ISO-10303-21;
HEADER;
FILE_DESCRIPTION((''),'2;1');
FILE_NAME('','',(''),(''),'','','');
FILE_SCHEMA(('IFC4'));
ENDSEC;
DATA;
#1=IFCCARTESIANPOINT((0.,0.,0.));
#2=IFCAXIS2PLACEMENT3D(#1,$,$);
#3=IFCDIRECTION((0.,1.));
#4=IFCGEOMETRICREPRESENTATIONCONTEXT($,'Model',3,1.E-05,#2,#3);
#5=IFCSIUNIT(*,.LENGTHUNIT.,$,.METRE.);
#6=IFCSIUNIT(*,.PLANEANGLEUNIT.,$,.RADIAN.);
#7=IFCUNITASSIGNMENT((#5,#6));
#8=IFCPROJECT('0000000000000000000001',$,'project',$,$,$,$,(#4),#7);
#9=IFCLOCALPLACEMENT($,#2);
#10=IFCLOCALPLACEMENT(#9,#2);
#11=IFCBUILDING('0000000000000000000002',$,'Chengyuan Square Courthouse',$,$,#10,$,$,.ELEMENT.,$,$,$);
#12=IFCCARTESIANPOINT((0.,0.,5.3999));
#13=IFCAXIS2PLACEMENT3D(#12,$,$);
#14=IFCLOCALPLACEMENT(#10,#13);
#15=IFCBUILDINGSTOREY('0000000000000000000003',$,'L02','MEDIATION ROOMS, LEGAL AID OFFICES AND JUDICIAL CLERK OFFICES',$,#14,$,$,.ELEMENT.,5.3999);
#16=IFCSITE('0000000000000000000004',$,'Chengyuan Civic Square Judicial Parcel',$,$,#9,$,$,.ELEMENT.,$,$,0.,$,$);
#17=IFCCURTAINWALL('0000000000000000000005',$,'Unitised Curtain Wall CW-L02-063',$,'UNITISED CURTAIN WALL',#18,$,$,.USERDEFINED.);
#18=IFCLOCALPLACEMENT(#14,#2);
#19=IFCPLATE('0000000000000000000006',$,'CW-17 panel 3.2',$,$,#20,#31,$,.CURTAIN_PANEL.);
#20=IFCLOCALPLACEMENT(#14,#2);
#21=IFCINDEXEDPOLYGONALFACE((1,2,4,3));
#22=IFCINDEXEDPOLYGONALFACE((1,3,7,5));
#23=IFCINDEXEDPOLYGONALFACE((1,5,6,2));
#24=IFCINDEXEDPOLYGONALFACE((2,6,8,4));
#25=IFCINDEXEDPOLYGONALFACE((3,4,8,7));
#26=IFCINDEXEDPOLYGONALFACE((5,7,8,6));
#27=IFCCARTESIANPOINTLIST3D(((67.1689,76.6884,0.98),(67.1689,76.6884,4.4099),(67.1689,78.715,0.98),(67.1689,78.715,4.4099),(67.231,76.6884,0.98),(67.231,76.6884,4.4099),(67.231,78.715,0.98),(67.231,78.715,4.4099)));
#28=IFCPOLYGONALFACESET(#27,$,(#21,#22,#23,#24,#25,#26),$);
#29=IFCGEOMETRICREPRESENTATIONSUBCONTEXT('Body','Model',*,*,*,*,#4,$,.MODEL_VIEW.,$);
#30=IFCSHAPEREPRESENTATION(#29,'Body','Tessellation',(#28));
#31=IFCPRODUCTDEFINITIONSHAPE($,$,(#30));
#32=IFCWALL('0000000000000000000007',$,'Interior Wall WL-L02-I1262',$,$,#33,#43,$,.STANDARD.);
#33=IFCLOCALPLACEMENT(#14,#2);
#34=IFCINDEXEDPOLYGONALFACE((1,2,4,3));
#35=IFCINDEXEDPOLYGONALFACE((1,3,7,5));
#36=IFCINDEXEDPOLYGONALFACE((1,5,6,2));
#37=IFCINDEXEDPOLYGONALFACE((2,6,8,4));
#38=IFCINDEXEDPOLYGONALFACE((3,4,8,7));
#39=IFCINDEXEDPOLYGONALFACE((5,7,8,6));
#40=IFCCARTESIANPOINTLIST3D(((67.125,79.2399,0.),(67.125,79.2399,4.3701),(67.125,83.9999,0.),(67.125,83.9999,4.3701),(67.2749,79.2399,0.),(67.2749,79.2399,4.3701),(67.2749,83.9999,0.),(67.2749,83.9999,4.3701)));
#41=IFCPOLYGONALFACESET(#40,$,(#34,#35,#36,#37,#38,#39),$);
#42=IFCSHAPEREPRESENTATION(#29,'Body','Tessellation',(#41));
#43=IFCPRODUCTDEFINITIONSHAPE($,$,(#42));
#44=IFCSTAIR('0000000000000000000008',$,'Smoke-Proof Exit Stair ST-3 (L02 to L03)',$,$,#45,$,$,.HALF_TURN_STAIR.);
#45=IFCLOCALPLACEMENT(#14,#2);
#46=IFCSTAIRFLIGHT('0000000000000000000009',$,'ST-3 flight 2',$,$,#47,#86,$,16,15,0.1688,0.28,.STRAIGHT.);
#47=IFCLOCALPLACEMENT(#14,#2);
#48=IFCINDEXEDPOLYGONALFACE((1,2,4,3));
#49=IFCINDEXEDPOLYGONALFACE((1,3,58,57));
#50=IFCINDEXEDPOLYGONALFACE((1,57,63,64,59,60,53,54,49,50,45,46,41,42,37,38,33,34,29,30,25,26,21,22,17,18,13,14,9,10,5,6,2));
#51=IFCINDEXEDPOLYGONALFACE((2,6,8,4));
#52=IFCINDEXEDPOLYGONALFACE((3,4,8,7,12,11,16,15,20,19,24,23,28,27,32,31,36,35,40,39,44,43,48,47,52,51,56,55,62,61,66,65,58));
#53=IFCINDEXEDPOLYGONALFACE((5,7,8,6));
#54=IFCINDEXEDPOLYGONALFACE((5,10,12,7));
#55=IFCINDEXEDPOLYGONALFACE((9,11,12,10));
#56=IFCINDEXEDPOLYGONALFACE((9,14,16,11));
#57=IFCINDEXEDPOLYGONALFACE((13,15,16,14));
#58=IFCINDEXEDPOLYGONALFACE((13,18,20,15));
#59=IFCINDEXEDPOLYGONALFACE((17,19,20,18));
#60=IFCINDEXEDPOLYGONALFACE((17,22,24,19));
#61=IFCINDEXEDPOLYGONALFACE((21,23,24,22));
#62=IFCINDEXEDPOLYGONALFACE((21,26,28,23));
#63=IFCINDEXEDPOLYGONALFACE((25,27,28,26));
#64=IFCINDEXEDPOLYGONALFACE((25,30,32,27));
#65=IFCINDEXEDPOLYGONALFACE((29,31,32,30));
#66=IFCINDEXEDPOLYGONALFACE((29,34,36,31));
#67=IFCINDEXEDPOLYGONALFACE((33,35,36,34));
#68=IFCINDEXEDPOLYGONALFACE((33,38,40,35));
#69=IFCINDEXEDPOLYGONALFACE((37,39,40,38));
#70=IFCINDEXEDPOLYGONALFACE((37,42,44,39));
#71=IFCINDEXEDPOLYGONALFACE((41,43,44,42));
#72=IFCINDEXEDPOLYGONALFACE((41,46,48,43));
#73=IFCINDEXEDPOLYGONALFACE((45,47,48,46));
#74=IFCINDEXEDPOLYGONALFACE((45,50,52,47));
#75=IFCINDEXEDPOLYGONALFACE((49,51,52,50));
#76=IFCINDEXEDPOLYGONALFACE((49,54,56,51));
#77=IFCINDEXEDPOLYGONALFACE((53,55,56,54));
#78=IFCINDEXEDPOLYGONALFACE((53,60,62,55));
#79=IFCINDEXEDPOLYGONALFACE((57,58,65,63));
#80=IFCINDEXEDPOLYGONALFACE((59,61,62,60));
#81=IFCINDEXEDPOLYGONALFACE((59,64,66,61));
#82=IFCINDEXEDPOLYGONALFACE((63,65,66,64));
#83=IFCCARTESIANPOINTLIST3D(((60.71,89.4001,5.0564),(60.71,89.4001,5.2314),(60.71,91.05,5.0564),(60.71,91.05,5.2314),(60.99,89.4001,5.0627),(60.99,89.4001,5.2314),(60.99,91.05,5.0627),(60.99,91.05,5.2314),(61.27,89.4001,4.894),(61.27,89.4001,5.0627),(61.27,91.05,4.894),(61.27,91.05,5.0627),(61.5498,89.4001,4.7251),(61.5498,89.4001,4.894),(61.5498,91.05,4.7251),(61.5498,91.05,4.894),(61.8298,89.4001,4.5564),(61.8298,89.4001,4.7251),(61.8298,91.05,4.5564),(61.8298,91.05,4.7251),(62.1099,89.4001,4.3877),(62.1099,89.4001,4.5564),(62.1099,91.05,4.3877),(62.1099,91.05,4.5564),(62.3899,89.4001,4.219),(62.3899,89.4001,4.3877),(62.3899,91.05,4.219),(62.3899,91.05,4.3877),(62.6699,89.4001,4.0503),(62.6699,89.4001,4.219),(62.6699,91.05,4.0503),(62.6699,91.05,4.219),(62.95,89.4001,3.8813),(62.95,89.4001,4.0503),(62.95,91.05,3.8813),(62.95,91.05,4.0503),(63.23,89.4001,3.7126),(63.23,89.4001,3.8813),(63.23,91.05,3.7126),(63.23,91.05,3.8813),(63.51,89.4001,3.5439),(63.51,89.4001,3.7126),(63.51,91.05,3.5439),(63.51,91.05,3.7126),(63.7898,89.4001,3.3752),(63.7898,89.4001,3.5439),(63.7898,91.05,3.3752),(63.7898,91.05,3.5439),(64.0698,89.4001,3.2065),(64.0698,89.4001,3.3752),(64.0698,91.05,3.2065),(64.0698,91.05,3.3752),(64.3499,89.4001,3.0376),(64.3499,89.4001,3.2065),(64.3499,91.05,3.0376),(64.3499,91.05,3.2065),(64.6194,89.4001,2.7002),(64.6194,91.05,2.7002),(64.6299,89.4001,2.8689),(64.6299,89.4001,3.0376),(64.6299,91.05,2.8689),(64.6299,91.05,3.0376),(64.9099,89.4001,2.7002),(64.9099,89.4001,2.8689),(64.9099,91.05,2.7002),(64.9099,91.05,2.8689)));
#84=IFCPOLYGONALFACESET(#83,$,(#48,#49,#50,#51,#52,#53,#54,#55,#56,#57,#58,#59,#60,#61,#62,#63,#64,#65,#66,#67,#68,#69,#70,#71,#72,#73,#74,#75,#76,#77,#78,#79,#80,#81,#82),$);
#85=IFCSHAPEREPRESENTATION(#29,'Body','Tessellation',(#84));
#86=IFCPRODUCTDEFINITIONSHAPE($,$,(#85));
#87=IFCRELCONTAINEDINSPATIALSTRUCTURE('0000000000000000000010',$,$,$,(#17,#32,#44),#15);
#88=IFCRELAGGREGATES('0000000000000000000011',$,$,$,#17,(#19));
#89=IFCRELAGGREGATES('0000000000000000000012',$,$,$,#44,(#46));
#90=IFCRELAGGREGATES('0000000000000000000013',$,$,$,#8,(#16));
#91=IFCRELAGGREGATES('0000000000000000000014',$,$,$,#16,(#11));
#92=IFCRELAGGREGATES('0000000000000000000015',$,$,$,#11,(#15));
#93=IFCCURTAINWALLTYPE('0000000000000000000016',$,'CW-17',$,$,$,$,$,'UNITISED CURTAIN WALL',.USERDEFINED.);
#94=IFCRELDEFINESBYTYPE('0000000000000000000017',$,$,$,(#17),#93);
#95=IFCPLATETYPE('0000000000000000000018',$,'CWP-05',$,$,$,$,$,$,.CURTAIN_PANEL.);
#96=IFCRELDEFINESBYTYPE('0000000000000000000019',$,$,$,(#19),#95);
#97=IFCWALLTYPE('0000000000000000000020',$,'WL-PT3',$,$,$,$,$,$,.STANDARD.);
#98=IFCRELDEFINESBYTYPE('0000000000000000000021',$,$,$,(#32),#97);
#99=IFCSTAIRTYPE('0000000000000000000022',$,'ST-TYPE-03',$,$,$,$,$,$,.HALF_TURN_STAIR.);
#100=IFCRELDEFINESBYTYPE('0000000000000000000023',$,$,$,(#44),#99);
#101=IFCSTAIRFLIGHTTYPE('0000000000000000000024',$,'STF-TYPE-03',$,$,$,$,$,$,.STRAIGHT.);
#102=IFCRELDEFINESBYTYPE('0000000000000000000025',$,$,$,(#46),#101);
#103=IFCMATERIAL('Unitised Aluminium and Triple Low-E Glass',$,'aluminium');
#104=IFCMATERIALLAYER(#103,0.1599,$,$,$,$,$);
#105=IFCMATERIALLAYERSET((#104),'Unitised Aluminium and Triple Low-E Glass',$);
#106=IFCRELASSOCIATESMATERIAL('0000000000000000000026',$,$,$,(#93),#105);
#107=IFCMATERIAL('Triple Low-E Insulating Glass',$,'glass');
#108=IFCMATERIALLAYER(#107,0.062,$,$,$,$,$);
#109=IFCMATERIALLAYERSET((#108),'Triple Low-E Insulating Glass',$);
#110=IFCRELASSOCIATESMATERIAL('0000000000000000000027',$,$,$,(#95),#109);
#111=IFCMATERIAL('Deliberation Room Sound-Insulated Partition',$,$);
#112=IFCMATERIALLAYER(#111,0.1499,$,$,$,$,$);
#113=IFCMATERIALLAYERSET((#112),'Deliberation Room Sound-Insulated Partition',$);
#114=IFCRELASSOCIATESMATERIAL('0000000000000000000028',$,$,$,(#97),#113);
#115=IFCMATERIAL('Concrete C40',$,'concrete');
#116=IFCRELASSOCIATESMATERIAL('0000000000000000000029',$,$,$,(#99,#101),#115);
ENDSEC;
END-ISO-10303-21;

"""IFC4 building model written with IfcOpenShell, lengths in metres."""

from ifc_helpers import new_model, si_unit, direction, frame, frame_2d, origin, origin_2d, place, context, subcontext, project, spatial, polyline, rectangle, outline, extrude, material, layer, layer_set, type_object, element, aggregate, save


model = new_model("IFC4")

# Units and contexts
model_context = context("Model", 3, precision=1e-05, world=origin(), true_north=direction((0.0, 1.0)))
body_context = subcontext(model_context, "Body", "Model", "MODEL_VIEW")
ifc_project = project(units=[si_unit("LENGTHUNIT", "METRE"), si_unit("PLANEANGLEUNIT", "RADIAN")], contexts=[model_context])

# Site, building, storey
site_placement = place(None, origin())
site = spatial("IfcSite", under=ifc_project, at=site_placement, Name="Chengyuan Civic Square Judicial Parcel", CompositionType="ELEMENT", RefElevation=0.0)
building_placement = place(site_placement, origin())
building = spatial("IfcBuilding", under=site, at=building_placement, Name="Chengyuan Square Courthouse", CompositionType="ELEMENT")
storey_placement = place(building_placement, frame((0.0, 0.0, 5.3999)))
storey = spatial("IfcBuildingStorey", under=building, at=storey_placement, Name="L02", Description="MEDIATION ROOMS, LEGAL AID OFFICES AND JUDICIAL CLERK OFFICES", CompositionType="ELEMENT", Elevation=5.3999)

# Shared definitions
ifc_material_1 = material(Name="Concrete C40", Category="concrete")

# Curtain wall
ifc_material_2 = material(Name="Unitised Aluminium and Triple Low-E Glass", Category="aluminium")
ifc_layer_1 = layer(ifc_material_2, 0.1599)
ifc_layer_set_1 = layer_set([ifc_layer_1], Name="Unitised Aluminium and Triple Low-E Glass")
curtain_wall_type_1 = type_object("IfcCurtainWallType", Name="CW-17", ElementType="UNITISED CURTAIN WALL", PredefinedType="USERDEFINED", material=ifc_layer_set_1)
curtain_wall_1_placement = place(storey_placement, origin())
curtain_wall_1 = element("IfcCurtainWall", 1, at=curtain_wall_1_placement, inside=storey, type_object=curtain_wall_type_1, Name="Unitised Curtain Wall CW-L02-063", ObjectType="UNITISED CURTAIN WALL", PredefinedType="USERDEFINED")

# Plate
ifc_material_3 = material(Name="Triple Low-E Insulating Glass", Category="glass")
ifc_layer_2 = layer(ifc_material_3, 0.062)
ifc_layer_set_2 = layer_set([ifc_layer_2], Name="Triple Low-E Insulating Glass")
plate_type_1 = type_object("IfcPlateType", Name="CWP-05", PredefinedType="CURTAIN_PANEL", material=ifc_layer_set_2)
plate_1_placement = place(storey_placement, frame((67.2, 77.7017, 0.98), z_axis=(0.0, 0.0, 1.0), x_axis=(0.0, 1.0, 0.0)))
plate_1 = element("IfcPlate", 2, at=plate_1_placement, type_object=plate_type_1, Name="CW-17 panel 3.2", PredefinedType="CURTAIN_PANEL", context=body_context, shape_type="SweptSolid", body=[
    extrude(rectangle(XDim=2.0266, YDim=0.062, at=origin_2d()), origin(), (0.0, 0.0, 1.0), 3.4299),
])
aggregate(curtain_wall_1, [plate_1])

# Wall
ifc_material_4 = material(Name="Deliberation Room Sound-Insulated Partition")
ifc_layer_3 = layer(ifc_material_4, 0.1499)
ifc_layer_set_3 = layer_set([ifc_layer_3], Name="Deliberation Room Sound-Insulated Partition")
wall_type = type_object("IfcWallType", Name="WL-PT3", PredefinedType="STANDARD", material=ifc_layer_set_3)
wall_placement = place(storey_placement, frame((67.2, 79.24, 0.0), z_axis=(0.0, 0.0, 1.0), x_axis=(0.0, 1.0, 0.0)))
element("IfcWall", 3, at=wall_placement, inside=storey, type_object=wall_type, Name="Interior Wall WL-L02-I1262", PredefinedType="STANDARD", context=body_context, shape_type="SweptSolid", body=[
    extrude(rectangle(XDim=4.76, YDim=0.1499, at=frame_2d((2.3799, 0.0))), origin(), (0.0, 0.0, 1.0), 4.3701),
])

# Stair, stair flight
stair_type = type_object("IfcStairType", Name="ST-TYPE-03", PredefinedType="HALF_TURN_STAIR", material=ifc_material_1)
stair_placement = place(storey_placement, origin())
stair = element("IfcStair", 4, at=stair_placement, inside=storey, type_object=stair_type, Name="Smoke-Proof Exit Stair ST-3 (L02 to L03)", PredefinedType="HALF_TURN_STAIR")
stair_flight_type = type_object("IfcStairFlightType", Name="STF-TYPE-03", PredefinedType="STRAIGHT", material=ifc_material_1)
stair_flight_placement = place(storey_placement, frame((64.9099, 90.2251, 2.7002), z_axis=(0.0, 0.0, 1.0), x_axis=(-1.0, 0.0, 0.0)))
stair_flight = element("IfcStairFlight", 5, at=stair_flight_placement, type_object=stair_flight_type, Name="ST-3 flight 2", NumberOfRisers=16, NumberOfTreads=15, PredefinedType="STRAIGHT", RiserHeight=0.1688, TreadLength=0.28, context=body_context, shape_type="SweptSolid", body=[
    extrude(outline(polyline([(0.0, 0.0), (0.0, 0.1687), (0.28, 0.1687), (0.28, 0.3374), (0.5601, 0.3374), (0.5601, 0.5063), (0.8401, 0.5063), (0.8401, 0.675), (1.1201, 0.675), (1.1201, 0.8438), (1.3999, 0.8438), (1.3999, 1.0125), (1.6799, 1.0125), (1.6799, 1.1812), (1.96, 1.1812), (1.96, 1.3501), (2.24, 1.3501), (2.24, 1.5188), (2.52, 1.5188), (2.52, 1.6875), (2.8, 1.6875), (2.8, 1.8562), (3.0801, 1.8562), (3.0801, 2.0249), (3.3601, 2.0249), (3.3601, 2.1938), (3.6399, 2.1938), (3.6399, 2.3625), (3.9199, 2.3625), (3.9199, 2.5312), (4.2, 2.5312), (4.2, 2.7), (4.2, 2.3562), (0.2905, 0.0), (0.0, 0.0)])), frame((0.0, 0.825, 0.0), z_axis=(0.0, -1.0, 0.0), x_axis=(1.0, 0.0, 0.0)), (0.0, 0.0, 1.0), 1.6499),
])
aggregate(stair, [stair_flight])

save(model, "model.ifc")
